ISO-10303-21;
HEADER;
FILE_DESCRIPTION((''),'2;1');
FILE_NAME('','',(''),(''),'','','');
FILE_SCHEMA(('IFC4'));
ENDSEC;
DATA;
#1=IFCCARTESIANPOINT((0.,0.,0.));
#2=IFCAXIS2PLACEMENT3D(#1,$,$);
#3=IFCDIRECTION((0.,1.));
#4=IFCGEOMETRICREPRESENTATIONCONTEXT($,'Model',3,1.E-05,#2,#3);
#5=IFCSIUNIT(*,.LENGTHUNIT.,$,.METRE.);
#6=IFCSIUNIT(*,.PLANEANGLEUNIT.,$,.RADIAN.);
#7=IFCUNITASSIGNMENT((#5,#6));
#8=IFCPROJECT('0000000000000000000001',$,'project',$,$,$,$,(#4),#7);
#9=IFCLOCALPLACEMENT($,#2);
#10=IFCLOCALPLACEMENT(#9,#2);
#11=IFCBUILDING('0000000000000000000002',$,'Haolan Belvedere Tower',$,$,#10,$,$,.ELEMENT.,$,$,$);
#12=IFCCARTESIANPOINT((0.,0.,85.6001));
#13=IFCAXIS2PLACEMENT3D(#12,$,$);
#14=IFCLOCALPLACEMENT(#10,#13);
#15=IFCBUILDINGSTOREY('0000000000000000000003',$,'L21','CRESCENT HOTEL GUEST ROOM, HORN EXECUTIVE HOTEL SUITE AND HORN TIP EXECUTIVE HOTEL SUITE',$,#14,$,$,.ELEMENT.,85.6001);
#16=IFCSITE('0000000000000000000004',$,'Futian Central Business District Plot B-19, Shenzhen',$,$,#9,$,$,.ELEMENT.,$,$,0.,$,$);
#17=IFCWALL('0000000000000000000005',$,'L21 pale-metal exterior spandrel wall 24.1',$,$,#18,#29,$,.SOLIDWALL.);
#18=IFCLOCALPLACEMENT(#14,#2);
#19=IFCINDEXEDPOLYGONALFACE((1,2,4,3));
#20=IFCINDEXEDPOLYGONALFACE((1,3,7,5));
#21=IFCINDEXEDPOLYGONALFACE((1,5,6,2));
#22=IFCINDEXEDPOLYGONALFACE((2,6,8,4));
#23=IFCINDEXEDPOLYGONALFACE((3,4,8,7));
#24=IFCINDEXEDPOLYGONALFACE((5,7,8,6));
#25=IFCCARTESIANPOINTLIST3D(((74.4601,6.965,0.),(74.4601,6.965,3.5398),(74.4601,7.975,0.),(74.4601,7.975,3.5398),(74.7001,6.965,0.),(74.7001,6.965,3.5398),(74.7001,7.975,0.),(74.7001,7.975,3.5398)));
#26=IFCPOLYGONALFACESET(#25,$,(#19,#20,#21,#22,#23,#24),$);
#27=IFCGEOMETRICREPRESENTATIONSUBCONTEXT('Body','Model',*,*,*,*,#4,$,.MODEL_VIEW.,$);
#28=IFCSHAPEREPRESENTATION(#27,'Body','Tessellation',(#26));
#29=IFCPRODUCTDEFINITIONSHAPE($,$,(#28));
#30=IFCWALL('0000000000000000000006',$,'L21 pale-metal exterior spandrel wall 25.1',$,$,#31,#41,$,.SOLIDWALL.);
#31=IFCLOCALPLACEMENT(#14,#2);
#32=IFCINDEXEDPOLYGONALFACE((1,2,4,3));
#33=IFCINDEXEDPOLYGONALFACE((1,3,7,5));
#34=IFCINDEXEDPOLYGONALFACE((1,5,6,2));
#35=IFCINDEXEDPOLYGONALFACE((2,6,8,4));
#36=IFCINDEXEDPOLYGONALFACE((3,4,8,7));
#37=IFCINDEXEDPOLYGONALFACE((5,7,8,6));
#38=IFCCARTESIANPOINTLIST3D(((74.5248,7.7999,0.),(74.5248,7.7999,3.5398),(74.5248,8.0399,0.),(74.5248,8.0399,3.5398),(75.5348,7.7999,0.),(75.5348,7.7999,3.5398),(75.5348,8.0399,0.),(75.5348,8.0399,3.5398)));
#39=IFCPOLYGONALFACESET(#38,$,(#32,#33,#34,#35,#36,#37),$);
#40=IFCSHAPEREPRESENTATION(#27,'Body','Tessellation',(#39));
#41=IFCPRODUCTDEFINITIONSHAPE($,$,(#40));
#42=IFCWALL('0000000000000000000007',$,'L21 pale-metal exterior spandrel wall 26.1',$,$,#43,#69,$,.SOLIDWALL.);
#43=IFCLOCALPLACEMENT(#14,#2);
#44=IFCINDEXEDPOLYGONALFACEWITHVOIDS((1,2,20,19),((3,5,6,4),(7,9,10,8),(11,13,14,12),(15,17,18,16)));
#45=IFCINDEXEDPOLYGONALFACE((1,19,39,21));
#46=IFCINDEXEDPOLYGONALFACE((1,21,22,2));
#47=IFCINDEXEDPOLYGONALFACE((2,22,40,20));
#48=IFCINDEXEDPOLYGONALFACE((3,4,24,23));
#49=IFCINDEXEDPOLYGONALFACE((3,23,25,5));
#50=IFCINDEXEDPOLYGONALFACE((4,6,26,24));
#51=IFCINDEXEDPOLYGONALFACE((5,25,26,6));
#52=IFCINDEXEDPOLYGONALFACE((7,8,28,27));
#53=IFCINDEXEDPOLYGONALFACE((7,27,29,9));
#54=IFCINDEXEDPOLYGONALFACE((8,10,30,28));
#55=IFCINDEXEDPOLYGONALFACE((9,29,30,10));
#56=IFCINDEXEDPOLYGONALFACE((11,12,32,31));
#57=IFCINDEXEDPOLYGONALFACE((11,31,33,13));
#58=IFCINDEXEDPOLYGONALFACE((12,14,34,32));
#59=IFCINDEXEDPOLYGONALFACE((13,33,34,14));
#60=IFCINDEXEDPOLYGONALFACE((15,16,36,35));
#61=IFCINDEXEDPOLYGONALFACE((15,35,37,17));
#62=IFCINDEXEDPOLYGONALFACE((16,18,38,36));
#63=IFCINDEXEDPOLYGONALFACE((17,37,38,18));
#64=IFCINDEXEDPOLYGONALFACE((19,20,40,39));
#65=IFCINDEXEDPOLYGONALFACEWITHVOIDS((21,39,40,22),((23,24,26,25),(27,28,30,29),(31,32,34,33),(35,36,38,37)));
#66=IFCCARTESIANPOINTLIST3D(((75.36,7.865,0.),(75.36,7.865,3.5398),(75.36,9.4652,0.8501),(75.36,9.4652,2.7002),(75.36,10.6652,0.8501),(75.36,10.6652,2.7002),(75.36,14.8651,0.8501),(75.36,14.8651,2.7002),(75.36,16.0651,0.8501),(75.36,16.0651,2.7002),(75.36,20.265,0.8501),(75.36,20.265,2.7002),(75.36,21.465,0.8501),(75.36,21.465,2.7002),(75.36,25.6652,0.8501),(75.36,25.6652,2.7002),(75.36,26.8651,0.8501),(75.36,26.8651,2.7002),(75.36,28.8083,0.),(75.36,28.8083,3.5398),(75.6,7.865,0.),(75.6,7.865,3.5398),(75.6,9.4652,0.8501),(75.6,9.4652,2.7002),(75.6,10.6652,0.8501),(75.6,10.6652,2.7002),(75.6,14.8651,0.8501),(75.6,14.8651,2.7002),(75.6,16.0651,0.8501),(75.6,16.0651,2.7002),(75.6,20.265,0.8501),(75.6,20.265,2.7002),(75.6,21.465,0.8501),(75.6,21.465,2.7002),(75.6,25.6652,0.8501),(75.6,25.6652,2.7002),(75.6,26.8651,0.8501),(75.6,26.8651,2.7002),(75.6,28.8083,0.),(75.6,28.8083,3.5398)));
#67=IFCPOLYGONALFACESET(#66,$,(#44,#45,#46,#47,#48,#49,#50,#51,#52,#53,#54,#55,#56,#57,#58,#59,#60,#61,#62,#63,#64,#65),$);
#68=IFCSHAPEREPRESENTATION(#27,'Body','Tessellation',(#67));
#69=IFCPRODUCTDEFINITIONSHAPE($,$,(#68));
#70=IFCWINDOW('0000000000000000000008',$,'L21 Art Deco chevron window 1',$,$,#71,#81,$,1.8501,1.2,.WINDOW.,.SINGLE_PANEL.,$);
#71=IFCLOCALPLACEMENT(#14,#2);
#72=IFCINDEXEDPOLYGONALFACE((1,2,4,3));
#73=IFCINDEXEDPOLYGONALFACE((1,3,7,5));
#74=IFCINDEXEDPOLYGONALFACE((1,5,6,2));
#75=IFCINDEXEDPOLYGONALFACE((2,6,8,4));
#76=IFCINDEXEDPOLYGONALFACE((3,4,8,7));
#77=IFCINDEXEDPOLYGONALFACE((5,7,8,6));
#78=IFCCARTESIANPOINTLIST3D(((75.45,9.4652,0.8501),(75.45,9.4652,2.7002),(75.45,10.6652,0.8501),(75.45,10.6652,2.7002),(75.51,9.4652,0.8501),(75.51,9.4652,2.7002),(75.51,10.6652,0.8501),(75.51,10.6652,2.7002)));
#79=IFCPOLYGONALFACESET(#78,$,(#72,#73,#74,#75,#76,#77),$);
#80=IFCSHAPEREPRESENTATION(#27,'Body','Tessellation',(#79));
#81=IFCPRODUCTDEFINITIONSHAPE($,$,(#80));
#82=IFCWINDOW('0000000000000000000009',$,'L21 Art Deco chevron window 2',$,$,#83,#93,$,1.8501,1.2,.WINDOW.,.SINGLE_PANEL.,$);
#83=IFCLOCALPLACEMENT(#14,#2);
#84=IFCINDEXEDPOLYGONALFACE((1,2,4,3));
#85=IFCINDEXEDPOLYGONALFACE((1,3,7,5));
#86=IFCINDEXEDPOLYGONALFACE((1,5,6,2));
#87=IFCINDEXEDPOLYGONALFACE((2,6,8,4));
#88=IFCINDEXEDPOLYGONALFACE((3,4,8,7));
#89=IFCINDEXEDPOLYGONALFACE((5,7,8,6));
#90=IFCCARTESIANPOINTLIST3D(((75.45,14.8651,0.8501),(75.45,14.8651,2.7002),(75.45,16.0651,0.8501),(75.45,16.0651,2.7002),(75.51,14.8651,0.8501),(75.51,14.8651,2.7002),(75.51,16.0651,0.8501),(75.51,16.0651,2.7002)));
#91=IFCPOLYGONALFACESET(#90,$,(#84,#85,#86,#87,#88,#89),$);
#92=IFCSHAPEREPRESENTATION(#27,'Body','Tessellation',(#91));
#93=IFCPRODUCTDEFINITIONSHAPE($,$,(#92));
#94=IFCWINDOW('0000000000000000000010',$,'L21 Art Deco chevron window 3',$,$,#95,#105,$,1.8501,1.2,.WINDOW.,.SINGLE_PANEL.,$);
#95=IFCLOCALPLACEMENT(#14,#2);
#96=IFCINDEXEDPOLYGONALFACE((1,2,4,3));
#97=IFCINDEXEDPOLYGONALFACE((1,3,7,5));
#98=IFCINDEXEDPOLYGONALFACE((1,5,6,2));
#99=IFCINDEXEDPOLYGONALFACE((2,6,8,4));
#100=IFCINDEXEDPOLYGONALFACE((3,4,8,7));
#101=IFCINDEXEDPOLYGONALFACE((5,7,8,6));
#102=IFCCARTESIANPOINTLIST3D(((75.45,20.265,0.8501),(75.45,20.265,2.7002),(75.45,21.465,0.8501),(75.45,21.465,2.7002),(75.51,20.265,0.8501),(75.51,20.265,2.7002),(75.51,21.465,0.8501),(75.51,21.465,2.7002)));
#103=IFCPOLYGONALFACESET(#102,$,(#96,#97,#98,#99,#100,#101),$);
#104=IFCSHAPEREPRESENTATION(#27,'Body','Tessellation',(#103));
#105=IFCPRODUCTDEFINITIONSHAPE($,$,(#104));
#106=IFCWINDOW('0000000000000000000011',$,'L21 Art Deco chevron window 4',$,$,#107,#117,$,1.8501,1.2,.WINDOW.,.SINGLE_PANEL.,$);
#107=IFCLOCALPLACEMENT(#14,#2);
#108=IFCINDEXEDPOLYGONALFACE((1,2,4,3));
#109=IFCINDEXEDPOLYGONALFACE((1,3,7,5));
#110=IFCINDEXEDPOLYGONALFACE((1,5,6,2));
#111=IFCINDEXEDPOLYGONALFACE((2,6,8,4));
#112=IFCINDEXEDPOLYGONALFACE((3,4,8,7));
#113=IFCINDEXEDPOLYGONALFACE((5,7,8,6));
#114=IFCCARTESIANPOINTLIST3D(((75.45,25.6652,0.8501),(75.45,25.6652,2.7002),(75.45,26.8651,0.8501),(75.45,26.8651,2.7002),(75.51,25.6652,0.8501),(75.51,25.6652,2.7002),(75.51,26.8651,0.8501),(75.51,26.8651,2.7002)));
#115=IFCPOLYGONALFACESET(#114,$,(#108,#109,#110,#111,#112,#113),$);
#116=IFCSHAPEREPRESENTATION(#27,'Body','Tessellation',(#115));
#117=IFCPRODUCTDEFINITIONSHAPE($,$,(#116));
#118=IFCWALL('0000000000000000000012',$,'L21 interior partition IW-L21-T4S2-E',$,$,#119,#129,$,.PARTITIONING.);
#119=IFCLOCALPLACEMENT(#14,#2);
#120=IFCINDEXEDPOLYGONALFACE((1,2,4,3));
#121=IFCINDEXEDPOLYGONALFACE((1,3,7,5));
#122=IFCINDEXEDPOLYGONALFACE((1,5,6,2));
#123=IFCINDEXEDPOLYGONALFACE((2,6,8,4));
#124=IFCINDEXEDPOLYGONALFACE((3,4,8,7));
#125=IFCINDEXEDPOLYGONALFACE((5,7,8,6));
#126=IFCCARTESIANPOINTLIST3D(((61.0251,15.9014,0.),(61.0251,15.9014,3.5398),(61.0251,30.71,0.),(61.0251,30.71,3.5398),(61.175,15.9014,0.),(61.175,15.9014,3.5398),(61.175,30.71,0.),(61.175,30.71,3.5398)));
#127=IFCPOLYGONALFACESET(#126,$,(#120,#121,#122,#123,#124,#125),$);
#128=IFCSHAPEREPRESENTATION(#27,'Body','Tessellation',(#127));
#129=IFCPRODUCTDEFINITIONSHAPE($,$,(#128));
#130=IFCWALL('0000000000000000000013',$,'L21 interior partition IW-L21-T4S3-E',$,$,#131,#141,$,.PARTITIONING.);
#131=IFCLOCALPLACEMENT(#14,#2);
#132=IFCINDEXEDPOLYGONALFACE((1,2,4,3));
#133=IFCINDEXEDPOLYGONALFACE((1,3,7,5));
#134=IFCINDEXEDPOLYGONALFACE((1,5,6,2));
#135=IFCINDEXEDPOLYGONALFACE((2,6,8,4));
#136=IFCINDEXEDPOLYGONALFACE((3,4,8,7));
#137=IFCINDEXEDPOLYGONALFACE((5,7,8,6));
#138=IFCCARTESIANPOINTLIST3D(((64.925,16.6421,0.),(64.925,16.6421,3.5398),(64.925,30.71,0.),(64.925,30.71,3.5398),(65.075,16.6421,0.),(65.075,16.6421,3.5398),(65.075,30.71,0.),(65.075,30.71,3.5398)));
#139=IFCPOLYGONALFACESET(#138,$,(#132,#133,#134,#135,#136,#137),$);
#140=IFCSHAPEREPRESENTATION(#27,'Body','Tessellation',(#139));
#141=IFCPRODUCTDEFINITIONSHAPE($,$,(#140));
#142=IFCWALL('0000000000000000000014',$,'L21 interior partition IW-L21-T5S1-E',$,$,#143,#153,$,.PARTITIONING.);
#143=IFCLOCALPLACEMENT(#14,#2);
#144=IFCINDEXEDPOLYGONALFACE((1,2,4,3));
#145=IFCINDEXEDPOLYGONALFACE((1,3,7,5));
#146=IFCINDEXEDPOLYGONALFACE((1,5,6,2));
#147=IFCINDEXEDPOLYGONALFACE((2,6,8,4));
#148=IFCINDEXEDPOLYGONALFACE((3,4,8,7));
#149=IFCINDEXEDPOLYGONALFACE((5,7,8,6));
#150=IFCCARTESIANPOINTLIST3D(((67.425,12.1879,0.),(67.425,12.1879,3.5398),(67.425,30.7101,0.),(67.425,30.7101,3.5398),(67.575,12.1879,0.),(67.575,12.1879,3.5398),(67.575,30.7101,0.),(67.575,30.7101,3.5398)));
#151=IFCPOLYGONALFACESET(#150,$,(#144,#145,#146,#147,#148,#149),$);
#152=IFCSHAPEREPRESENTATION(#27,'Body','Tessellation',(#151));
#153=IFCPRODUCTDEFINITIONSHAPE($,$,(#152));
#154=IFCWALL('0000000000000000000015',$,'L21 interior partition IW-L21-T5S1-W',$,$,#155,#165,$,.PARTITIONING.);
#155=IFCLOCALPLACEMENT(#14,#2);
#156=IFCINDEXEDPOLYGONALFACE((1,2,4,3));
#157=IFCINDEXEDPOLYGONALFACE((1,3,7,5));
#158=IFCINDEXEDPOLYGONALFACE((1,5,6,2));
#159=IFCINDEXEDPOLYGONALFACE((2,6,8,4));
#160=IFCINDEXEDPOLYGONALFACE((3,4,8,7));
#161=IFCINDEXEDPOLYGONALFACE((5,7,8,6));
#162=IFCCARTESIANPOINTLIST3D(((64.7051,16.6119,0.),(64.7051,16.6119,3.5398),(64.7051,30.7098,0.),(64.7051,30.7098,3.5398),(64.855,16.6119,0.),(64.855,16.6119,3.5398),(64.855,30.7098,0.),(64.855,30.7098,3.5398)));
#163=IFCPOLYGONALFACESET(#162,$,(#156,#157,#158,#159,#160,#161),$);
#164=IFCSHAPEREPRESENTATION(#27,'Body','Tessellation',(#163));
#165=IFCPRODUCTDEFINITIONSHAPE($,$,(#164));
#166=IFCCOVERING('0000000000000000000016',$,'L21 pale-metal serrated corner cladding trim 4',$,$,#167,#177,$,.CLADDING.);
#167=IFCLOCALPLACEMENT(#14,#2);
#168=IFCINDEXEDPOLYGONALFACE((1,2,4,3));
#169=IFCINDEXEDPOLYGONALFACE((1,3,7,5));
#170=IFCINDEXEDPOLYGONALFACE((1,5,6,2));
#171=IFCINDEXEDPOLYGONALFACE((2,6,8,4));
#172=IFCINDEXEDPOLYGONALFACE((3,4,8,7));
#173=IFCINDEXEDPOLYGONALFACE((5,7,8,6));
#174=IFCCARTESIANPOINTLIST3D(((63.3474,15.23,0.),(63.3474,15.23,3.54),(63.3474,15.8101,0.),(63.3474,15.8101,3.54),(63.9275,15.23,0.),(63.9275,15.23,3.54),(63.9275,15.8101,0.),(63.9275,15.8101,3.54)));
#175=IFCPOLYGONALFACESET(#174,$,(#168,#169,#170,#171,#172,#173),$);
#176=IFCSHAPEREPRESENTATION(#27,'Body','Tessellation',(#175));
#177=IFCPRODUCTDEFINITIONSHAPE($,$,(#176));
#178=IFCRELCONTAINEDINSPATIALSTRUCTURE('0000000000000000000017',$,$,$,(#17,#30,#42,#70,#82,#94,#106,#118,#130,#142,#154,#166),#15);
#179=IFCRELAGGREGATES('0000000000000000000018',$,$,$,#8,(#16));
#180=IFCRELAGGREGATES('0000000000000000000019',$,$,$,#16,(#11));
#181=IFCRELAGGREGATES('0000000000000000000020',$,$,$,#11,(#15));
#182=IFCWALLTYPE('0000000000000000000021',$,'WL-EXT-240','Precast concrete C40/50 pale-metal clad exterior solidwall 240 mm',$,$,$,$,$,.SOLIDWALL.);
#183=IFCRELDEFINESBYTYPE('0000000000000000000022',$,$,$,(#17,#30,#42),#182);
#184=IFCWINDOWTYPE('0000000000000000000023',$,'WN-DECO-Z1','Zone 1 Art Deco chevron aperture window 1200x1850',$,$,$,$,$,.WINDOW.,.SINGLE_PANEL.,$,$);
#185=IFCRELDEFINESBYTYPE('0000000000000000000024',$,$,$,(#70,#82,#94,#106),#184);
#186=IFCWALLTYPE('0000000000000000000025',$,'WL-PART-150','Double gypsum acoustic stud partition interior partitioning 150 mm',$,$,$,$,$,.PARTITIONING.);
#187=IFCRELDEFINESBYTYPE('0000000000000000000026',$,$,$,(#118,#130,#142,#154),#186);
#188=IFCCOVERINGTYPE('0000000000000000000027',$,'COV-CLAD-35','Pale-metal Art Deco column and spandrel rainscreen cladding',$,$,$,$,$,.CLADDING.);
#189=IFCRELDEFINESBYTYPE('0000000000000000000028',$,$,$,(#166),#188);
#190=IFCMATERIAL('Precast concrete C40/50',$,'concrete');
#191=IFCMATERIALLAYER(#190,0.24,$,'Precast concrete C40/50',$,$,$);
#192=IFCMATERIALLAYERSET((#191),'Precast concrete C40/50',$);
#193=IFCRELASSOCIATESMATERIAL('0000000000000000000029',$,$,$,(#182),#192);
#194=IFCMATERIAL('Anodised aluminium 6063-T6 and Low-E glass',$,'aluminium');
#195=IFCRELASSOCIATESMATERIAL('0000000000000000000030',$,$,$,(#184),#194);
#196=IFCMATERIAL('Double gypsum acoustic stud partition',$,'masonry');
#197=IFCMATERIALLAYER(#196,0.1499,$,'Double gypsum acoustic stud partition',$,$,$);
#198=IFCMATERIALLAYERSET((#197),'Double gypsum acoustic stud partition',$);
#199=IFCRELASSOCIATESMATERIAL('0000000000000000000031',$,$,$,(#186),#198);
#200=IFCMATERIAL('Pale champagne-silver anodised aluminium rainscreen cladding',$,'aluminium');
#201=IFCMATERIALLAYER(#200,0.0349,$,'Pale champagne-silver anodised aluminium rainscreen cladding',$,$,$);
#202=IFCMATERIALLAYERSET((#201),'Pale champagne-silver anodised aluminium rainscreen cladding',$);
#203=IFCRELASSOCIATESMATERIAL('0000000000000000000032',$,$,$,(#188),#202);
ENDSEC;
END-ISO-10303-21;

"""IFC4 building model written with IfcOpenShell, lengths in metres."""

from ifc_helpers import new_model, si_unit, direction, frame, frame_2d, origin, origin_2d, place, context, subcontext, project, spatial, rectangle, extrude, material, layer, layer_set, type_object, element, fill, save


model = new_model("IFC4")

# Units and contexts
model_context = context("Model", 3, precision=1e-05, world=origin(), true_north=direction((0.0, 1.0)))
body_context = subcontext(model_context, "Body", "Model", "MODEL_VIEW")
ifc_project = project(units=[si_unit("LENGTHUNIT", "METRE"), si_unit("PLANEANGLEUNIT", "RADIAN")], contexts=[model_context])

# Site, building, storey
site_placement = place(None, origin())
site = spatial("IfcSite", under=ifc_project, at=site_placement, Name="Futian Central Business District Plot B-19, Shenzhen", CompositionType="ELEMENT", RefElevation=0.0)
building_placement = place(site_placement, origin())
building = spatial("IfcBuilding", under=site, at=building_placement, Name="Haolan Belvedere Tower", CompositionType="ELEMENT")
storey_placement = place(building_placement, frame((0.0, 0.0, 85.6001)))
storey = spatial("IfcBuildingStorey", under=building, at=storey_placement, Name="L21", Description="CRESCENT HOTEL GUEST ROOM, HORN EXECUTIVE HOTEL SUITE AND HORN TIP EXECUTIVE HOTEL SUITE", CompositionType="ELEMENT", Elevation=85.6001)

# Shared definitions
ifc_material_1 = material(Name="Precast concrete C40/50", Category="concrete")
ifc_layer_1 = layer(ifc_material_1, 0.24, Name="Precast concrete C40/50")
ifc_layer_set_1 = layer_set([ifc_layer_1], Name="Precast concrete C40/50")
wall_type_1 = type_object("IfcWallType", Name="WL-EXT-240", Description="Precast concrete C40/50 pale-metal clad exterior solidwall 240 mm", PredefinedType="SOLIDWALL", material=ifc_layer_set_1)

# Shared definitions
ifc_material_2 = material(Name="Anodised aluminium 6063-T6 and Low-E glass", Category="aluminium")
window_type = type_object("IfcWindowType", Name="WN-DECO-Z1", Description="Zone 1 Art Deco chevron aperture window 1200x1850", PartitioningType="SINGLE_PANEL", PredefinedType="WINDOW", material=ifc_material_2)

# Walls
for number, where, z_axis, x_axis, name in (
    (1, (74.5801, 6.9651, 0.0), (0.0, 0.0, 1.0), (0.0, 1.0, 0.0), "L21 pale-metal exterior spandrel wall 24.1"),
    (2, (74.5249, 7.9199, 0.0), (0.0, 0.0, 1.0), (1.0, 0.0, 0.0), "L21 pale-metal exterior spandrel wall 25.1"),
):
    element("IfcWall", number, at=place(storey_placement, frame(where, z_axis=z_axis, x_axis=x_axis)), inside=storey, type_object=wall_type_1, Name=name, PredefinedType="SOLIDWALL", context=body_context, shape_type="SweptSolid", body=[
        extrude(rectangle(XDim=1.01, YDim=0.24, at=frame_2d((0.5049, 0.0))), origin(), (0.0, 0.0, 1.0), 3.5398),
    ])

# Wall, openings, windows
wall_1_placement = place(storey_placement, frame((75.48, 7.865, 0.0), z_axis=(0.0, 0.0, 1.0), x_axis=(0.0, 1.0, 0.0)))
wall_1 = element("IfcWall", 3, at=wall_1_placement, inside=storey, type_object=wall_type_1, Name="L21 pale-metal exterior spandrel wall 26.1", PredefinedType="SOLIDWALL", context=body_context, shape_type="SweptSolid", body=[
    extrude(rectangle(XDim=20.9434, YDim=0.24, at=frame_2d((10.4717, 0.0))), origin(), (0.0, 0.0, 1.0), 3.5398),
])
opening_1_placement = place(wall_1_placement, frame((1.6001, 0.0, 0.8501)))
opening_1 = element("IfcOpeningElement", 4, at=opening_1_placement, cuts=wall_1, PredefinedType="OPENING", context=body_context, shape_type="SweptSolid", body=[
    extrude(rectangle(XDim=1.2, YDim=1.8501, at=frame_2d((0.6001, 0.925))), frame((0.0, 0.1299, 0.0), z_axis=(0.0, -1.0, 0.0), x_axis=(1.0, 0.0, 0.0)), (0.0, 0.0, 1.0), 0.26),
])
opening_2_placement = place(wall_1_placement, frame((7.0, 0.0, 0.8501)))
opening_2 = element("IfcOpeningElement", 5, at=opening_2_placement, cuts=wall_1, PredefinedType="OPENING", context=body_context, shape_type="SweptSolid", body=[
    extrude(rectangle(XDim=1.2, YDim=1.8501, at=frame_2d((0.6001, 0.925))), frame((0.0, 0.1299, 0.0), z_axis=(0.0, -1.0, 0.0), x_axis=(1.0, 0.0, 0.0)), (0.0, 0.0, 1.0), 0.26),
])
opening_3_placement = place(wall_1_placement, frame((12.3999, 0.0, 0.8501)))
opening_3 = element("IfcOpeningElement", 6, at=opening_3_placement, cuts=wall_1, PredefinedType="OPENING", context=body_context, shape_type="SweptSolid", body=[
    extrude(rectangle(XDim=1.2, YDim=1.8501, at=frame_2d((0.6001, 0.925))), frame((0.0, 0.1299, 0.0), z_axis=(0.0, -1.0, 0.0), x_axis=(1.0, 0.0, 0.0)), (0.0, 0.0, 1.0), 0.26),
])
opening_4_placement = place(wall_1_placement, frame((17.8, 0.0, 0.8501)))
opening_4 = element("IfcOpeningElement", 7, at=opening_4_placement, cuts=wall_1, PredefinedType="OPENING", context=body_context, shape_type="SweptSolid", body=[
    extrude(rectangle(XDim=1.2, YDim=1.8501, at=frame_2d((0.6001, 0.925))), frame((0.0, 0.1299, 0.0), z_axis=(0.0, -1.0, 0.0), x_axis=(1.0, 0.0, 0.0)), (0.0, 0.0, 1.0), 0.26),
])
window_1_placement = place(opening_1_placement, origin())
window_1 = element("IfcWindow", 8, at=window_1_placement, inside=storey, type_object=window_type, Name="L21 Art Deco chevron window 1", OverallHeight=1.8501, OverallWidth=1.2, PartitioningType="SINGLE_PANEL", PredefinedType="WINDOW", context=body_context, shape_type="SweptSolid", body=[
    extrude(rectangle(XDim=1.2, YDim=1.8501, at=frame_2d((0.6001, 0.925))), frame((0.0, 0.03, 0.0), z_axis=(0.0, -1.0, 0.0), x_axis=(1.0, 0.0, 0.0)), (0.0, 0.0, 1.0), 0.0601),
])
fill(opening_1, window_1)
window_2_placement = place(opening_2_placement, origin())
window_2 = element("IfcWindow", 9, at=window_2_placement, inside=storey, type_object=window_type, Name="L21 Art Deco chevron window 2", OverallHeight=1.8501, OverallWidth=1.2, PartitioningType="SINGLE_PANEL", PredefinedType="WINDOW", context=body_context, shape_type="SweptSolid", body=[
    extrude(rectangle(XDim=1.2, YDim=1.8501, at=frame_2d((0.6001, 0.925))), frame((0.0, 0.03, 0.0), z_axis=(0.0, -1.0, 0.0), x_axis=(1.0, 0.0, 0.0)), (0.0, 0.0, 1.0), 0.0601),
])
fill(opening_2, window_2)
window_3_placement = place(opening_3_placement, origin())
window_3 = element("IfcWindow", 10, at=window_3_placement, inside=storey, type_object=window_type, Name="L21 Art Deco chevron window 3", OverallHeight=1.8501, OverallWidth=1.2, PartitioningType="SINGLE_PANEL", PredefinedType="WINDOW", context=body_context, shape_type="SweptSolid", body=[
    extrude(rectangle(XDim=1.2, YDim=1.8501, at=frame_2d((0.6001, 0.925))), frame((0.0, 0.03, 0.0), z_axis=(0.0, -1.0, 0.0), x_axis=(1.0, 0.0, 0.0)), (0.0, 0.0, 1.0), 0.0601),
])
fill(opening_3, window_3)
window_4_placement = place(opening_4_placement, origin())
window_4 = element("IfcWindow", 11, at=window_4_placement, inside=storey, type_object=window_type, Name="L21 Art Deco chevron window 4", OverallHeight=1.8501, OverallWidth=1.2, PartitioningType="SINGLE_PANEL", PredefinedType="WINDOW", context=body_context, shape_type="SweptSolid", body=[
    extrude(rectangle(XDim=1.2, YDim=1.8501, at=frame_2d((0.6001, 0.925))), frame((0.0, 0.03, 0.0), z_axis=(0.0, -1.0, 0.0), x_axis=(1.0, 0.0, 0.0)), (0.0, 0.0, 1.0), 0.0601),
])
fill(opening_4, window_4)

# Walls
ifc_material_3 = material(Name="Double gypsum acoustic stud partition", Category="masonry")
ifc_layer_2 = layer(ifc_material_3, 0.1499, Name="Double gypsum acoustic stud partition")
ifc_layer_set_2 = layer_set([ifc_layer_2], Name="Double gypsum acoustic stud partition")
wall_type_2 = type_object("IfcWallType", Name="WL-PART-150", Description="Double gypsum acoustic stud partition interior partitioning 150 mm", PredefinedType="PARTITIONING", material=ifc_layer_set_2)
wall_2_placement = place(storey_placement, frame((61.1001, 15.9014, 0.0), z_axis=(0.0, 0.0, 1.0), x_axis=(0.0, 1.0, 0.0)))
element("IfcWall", 12, at=wall_2_placement, inside=storey, type_object=wall_type_2, Name="L21 interior partition IW-L21-T4S2-E", PredefinedType="PARTITIONING", context=body_context, shape_type="SweptSolid", body=[
    extrude(rectangle(XDim=14.8086, YDim=0.1499, at=frame_2d((7.4043, 0.0))), origin(), (0.0, 0.0, 1.0), 3.5398),
])
wall_3_placement = place(storey_placement, frame((65.0, 16.6421, 0.0), z_axis=(0.0, 0.0, 1.0), x_axis=(0.0, 1.0, 0.0)))
element("IfcWall", 13, at=wall_3_placement, inside=storey, type_object=wall_type_2, Name="L21 interior partition IW-L21-T4S3-E", PredefinedType="PARTITIONING", context=body_context, shape_type="SweptSolid", body=[
    extrude(rectangle(XDim=14.0679, YDim=0.1499, at=frame_2d((7.0339, 0.0))), origin(), (0.0, 0.0, 1.0), 3.5398),
])
wall_4_placement = place(storey_placement, frame((67.5, 12.1877, 0.0), z_axis=(0.0, 0.0, 1.0), x_axis=(0.0, 1.0, 0.0)))
element("IfcWall", 14, at=wall_4_placement, inside=storey, type_object=wall_type_2, Name="L21 interior partition IW-L21-T5S1-E", PredefinedType="PARTITIONING", context=body_context, shape_type="SweptSolid", body=[
    extrude(rectangle(XDim=18.5222, YDim=0.1499, at=frame_2d((9.2612, 0.0))), origin(), (0.0, 0.0, 1.0), 3.5398),
])
wall_5_placement = place(storey_placement, frame((64.78, 16.6121, 0.0), z_axis=(0.0, 0.0, 1.0), x_axis=(0.0, 1.0, 0.0)))
element("IfcWall", 15, at=wall_5_placement, inside=storey, type_object=wall_type_2, Name="L21 interior partition IW-L21-T5S1-W", PredefinedType="PARTITIONING", context=body_context, shape_type="SweptSolid", body=[
    extrude(rectangle(XDim=14.0979, YDim=0.1499, at=frame_2d((7.0488, 0.0))), origin(), (0.0, 0.0, 1.0), 3.5398),
])

# Covering
ifc_material_4 = material(Name="Pale champagne-silver anodised aluminium rainscreen cladding", Category="aluminium")
ifc_layer_3 = layer(ifc_material_4, 0.0349, Name="Pale champagne-silver anodised aluminium rainscreen cladding")
ifc_layer_set_3 = layer_set([ifc_layer_3], Name="Pale champagne-silver anodised aluminium rainscreen cladding")
covering_type = type_object("IfcCoveringType", Name="COV-CLAD-35", Description="Pale-metal Art Deco column and spandrel rainscreen cladding", PredefinedType="CLADDING", material=ifc_layer_set_3)
for number, where, z_axis, x_axis, name in (
    (16, (63.6375, 15.52, 0.0), (0.0, 0.0, 1.0), (1.0, 0.0, 0.0), "L21 pale-metal serrated corner cladding trim 4"),
):
    element("IfcCovering", number, at=place(storey_placement, frame(where, z_axis=z_axis, x_axis=x_axis)), inside=storey, type_object=covering_type, Name=name, PredefinedType="CLADDING", context=body_context, shape_type="SweptSolid", body=[
        extrude(rectangle(XDim=0.5801, YDim=0.5801, at=origin_2d()), origin(), (0.0, 0.0, 1.0), 3.54),
    ])

save(model, "model.ifc")
